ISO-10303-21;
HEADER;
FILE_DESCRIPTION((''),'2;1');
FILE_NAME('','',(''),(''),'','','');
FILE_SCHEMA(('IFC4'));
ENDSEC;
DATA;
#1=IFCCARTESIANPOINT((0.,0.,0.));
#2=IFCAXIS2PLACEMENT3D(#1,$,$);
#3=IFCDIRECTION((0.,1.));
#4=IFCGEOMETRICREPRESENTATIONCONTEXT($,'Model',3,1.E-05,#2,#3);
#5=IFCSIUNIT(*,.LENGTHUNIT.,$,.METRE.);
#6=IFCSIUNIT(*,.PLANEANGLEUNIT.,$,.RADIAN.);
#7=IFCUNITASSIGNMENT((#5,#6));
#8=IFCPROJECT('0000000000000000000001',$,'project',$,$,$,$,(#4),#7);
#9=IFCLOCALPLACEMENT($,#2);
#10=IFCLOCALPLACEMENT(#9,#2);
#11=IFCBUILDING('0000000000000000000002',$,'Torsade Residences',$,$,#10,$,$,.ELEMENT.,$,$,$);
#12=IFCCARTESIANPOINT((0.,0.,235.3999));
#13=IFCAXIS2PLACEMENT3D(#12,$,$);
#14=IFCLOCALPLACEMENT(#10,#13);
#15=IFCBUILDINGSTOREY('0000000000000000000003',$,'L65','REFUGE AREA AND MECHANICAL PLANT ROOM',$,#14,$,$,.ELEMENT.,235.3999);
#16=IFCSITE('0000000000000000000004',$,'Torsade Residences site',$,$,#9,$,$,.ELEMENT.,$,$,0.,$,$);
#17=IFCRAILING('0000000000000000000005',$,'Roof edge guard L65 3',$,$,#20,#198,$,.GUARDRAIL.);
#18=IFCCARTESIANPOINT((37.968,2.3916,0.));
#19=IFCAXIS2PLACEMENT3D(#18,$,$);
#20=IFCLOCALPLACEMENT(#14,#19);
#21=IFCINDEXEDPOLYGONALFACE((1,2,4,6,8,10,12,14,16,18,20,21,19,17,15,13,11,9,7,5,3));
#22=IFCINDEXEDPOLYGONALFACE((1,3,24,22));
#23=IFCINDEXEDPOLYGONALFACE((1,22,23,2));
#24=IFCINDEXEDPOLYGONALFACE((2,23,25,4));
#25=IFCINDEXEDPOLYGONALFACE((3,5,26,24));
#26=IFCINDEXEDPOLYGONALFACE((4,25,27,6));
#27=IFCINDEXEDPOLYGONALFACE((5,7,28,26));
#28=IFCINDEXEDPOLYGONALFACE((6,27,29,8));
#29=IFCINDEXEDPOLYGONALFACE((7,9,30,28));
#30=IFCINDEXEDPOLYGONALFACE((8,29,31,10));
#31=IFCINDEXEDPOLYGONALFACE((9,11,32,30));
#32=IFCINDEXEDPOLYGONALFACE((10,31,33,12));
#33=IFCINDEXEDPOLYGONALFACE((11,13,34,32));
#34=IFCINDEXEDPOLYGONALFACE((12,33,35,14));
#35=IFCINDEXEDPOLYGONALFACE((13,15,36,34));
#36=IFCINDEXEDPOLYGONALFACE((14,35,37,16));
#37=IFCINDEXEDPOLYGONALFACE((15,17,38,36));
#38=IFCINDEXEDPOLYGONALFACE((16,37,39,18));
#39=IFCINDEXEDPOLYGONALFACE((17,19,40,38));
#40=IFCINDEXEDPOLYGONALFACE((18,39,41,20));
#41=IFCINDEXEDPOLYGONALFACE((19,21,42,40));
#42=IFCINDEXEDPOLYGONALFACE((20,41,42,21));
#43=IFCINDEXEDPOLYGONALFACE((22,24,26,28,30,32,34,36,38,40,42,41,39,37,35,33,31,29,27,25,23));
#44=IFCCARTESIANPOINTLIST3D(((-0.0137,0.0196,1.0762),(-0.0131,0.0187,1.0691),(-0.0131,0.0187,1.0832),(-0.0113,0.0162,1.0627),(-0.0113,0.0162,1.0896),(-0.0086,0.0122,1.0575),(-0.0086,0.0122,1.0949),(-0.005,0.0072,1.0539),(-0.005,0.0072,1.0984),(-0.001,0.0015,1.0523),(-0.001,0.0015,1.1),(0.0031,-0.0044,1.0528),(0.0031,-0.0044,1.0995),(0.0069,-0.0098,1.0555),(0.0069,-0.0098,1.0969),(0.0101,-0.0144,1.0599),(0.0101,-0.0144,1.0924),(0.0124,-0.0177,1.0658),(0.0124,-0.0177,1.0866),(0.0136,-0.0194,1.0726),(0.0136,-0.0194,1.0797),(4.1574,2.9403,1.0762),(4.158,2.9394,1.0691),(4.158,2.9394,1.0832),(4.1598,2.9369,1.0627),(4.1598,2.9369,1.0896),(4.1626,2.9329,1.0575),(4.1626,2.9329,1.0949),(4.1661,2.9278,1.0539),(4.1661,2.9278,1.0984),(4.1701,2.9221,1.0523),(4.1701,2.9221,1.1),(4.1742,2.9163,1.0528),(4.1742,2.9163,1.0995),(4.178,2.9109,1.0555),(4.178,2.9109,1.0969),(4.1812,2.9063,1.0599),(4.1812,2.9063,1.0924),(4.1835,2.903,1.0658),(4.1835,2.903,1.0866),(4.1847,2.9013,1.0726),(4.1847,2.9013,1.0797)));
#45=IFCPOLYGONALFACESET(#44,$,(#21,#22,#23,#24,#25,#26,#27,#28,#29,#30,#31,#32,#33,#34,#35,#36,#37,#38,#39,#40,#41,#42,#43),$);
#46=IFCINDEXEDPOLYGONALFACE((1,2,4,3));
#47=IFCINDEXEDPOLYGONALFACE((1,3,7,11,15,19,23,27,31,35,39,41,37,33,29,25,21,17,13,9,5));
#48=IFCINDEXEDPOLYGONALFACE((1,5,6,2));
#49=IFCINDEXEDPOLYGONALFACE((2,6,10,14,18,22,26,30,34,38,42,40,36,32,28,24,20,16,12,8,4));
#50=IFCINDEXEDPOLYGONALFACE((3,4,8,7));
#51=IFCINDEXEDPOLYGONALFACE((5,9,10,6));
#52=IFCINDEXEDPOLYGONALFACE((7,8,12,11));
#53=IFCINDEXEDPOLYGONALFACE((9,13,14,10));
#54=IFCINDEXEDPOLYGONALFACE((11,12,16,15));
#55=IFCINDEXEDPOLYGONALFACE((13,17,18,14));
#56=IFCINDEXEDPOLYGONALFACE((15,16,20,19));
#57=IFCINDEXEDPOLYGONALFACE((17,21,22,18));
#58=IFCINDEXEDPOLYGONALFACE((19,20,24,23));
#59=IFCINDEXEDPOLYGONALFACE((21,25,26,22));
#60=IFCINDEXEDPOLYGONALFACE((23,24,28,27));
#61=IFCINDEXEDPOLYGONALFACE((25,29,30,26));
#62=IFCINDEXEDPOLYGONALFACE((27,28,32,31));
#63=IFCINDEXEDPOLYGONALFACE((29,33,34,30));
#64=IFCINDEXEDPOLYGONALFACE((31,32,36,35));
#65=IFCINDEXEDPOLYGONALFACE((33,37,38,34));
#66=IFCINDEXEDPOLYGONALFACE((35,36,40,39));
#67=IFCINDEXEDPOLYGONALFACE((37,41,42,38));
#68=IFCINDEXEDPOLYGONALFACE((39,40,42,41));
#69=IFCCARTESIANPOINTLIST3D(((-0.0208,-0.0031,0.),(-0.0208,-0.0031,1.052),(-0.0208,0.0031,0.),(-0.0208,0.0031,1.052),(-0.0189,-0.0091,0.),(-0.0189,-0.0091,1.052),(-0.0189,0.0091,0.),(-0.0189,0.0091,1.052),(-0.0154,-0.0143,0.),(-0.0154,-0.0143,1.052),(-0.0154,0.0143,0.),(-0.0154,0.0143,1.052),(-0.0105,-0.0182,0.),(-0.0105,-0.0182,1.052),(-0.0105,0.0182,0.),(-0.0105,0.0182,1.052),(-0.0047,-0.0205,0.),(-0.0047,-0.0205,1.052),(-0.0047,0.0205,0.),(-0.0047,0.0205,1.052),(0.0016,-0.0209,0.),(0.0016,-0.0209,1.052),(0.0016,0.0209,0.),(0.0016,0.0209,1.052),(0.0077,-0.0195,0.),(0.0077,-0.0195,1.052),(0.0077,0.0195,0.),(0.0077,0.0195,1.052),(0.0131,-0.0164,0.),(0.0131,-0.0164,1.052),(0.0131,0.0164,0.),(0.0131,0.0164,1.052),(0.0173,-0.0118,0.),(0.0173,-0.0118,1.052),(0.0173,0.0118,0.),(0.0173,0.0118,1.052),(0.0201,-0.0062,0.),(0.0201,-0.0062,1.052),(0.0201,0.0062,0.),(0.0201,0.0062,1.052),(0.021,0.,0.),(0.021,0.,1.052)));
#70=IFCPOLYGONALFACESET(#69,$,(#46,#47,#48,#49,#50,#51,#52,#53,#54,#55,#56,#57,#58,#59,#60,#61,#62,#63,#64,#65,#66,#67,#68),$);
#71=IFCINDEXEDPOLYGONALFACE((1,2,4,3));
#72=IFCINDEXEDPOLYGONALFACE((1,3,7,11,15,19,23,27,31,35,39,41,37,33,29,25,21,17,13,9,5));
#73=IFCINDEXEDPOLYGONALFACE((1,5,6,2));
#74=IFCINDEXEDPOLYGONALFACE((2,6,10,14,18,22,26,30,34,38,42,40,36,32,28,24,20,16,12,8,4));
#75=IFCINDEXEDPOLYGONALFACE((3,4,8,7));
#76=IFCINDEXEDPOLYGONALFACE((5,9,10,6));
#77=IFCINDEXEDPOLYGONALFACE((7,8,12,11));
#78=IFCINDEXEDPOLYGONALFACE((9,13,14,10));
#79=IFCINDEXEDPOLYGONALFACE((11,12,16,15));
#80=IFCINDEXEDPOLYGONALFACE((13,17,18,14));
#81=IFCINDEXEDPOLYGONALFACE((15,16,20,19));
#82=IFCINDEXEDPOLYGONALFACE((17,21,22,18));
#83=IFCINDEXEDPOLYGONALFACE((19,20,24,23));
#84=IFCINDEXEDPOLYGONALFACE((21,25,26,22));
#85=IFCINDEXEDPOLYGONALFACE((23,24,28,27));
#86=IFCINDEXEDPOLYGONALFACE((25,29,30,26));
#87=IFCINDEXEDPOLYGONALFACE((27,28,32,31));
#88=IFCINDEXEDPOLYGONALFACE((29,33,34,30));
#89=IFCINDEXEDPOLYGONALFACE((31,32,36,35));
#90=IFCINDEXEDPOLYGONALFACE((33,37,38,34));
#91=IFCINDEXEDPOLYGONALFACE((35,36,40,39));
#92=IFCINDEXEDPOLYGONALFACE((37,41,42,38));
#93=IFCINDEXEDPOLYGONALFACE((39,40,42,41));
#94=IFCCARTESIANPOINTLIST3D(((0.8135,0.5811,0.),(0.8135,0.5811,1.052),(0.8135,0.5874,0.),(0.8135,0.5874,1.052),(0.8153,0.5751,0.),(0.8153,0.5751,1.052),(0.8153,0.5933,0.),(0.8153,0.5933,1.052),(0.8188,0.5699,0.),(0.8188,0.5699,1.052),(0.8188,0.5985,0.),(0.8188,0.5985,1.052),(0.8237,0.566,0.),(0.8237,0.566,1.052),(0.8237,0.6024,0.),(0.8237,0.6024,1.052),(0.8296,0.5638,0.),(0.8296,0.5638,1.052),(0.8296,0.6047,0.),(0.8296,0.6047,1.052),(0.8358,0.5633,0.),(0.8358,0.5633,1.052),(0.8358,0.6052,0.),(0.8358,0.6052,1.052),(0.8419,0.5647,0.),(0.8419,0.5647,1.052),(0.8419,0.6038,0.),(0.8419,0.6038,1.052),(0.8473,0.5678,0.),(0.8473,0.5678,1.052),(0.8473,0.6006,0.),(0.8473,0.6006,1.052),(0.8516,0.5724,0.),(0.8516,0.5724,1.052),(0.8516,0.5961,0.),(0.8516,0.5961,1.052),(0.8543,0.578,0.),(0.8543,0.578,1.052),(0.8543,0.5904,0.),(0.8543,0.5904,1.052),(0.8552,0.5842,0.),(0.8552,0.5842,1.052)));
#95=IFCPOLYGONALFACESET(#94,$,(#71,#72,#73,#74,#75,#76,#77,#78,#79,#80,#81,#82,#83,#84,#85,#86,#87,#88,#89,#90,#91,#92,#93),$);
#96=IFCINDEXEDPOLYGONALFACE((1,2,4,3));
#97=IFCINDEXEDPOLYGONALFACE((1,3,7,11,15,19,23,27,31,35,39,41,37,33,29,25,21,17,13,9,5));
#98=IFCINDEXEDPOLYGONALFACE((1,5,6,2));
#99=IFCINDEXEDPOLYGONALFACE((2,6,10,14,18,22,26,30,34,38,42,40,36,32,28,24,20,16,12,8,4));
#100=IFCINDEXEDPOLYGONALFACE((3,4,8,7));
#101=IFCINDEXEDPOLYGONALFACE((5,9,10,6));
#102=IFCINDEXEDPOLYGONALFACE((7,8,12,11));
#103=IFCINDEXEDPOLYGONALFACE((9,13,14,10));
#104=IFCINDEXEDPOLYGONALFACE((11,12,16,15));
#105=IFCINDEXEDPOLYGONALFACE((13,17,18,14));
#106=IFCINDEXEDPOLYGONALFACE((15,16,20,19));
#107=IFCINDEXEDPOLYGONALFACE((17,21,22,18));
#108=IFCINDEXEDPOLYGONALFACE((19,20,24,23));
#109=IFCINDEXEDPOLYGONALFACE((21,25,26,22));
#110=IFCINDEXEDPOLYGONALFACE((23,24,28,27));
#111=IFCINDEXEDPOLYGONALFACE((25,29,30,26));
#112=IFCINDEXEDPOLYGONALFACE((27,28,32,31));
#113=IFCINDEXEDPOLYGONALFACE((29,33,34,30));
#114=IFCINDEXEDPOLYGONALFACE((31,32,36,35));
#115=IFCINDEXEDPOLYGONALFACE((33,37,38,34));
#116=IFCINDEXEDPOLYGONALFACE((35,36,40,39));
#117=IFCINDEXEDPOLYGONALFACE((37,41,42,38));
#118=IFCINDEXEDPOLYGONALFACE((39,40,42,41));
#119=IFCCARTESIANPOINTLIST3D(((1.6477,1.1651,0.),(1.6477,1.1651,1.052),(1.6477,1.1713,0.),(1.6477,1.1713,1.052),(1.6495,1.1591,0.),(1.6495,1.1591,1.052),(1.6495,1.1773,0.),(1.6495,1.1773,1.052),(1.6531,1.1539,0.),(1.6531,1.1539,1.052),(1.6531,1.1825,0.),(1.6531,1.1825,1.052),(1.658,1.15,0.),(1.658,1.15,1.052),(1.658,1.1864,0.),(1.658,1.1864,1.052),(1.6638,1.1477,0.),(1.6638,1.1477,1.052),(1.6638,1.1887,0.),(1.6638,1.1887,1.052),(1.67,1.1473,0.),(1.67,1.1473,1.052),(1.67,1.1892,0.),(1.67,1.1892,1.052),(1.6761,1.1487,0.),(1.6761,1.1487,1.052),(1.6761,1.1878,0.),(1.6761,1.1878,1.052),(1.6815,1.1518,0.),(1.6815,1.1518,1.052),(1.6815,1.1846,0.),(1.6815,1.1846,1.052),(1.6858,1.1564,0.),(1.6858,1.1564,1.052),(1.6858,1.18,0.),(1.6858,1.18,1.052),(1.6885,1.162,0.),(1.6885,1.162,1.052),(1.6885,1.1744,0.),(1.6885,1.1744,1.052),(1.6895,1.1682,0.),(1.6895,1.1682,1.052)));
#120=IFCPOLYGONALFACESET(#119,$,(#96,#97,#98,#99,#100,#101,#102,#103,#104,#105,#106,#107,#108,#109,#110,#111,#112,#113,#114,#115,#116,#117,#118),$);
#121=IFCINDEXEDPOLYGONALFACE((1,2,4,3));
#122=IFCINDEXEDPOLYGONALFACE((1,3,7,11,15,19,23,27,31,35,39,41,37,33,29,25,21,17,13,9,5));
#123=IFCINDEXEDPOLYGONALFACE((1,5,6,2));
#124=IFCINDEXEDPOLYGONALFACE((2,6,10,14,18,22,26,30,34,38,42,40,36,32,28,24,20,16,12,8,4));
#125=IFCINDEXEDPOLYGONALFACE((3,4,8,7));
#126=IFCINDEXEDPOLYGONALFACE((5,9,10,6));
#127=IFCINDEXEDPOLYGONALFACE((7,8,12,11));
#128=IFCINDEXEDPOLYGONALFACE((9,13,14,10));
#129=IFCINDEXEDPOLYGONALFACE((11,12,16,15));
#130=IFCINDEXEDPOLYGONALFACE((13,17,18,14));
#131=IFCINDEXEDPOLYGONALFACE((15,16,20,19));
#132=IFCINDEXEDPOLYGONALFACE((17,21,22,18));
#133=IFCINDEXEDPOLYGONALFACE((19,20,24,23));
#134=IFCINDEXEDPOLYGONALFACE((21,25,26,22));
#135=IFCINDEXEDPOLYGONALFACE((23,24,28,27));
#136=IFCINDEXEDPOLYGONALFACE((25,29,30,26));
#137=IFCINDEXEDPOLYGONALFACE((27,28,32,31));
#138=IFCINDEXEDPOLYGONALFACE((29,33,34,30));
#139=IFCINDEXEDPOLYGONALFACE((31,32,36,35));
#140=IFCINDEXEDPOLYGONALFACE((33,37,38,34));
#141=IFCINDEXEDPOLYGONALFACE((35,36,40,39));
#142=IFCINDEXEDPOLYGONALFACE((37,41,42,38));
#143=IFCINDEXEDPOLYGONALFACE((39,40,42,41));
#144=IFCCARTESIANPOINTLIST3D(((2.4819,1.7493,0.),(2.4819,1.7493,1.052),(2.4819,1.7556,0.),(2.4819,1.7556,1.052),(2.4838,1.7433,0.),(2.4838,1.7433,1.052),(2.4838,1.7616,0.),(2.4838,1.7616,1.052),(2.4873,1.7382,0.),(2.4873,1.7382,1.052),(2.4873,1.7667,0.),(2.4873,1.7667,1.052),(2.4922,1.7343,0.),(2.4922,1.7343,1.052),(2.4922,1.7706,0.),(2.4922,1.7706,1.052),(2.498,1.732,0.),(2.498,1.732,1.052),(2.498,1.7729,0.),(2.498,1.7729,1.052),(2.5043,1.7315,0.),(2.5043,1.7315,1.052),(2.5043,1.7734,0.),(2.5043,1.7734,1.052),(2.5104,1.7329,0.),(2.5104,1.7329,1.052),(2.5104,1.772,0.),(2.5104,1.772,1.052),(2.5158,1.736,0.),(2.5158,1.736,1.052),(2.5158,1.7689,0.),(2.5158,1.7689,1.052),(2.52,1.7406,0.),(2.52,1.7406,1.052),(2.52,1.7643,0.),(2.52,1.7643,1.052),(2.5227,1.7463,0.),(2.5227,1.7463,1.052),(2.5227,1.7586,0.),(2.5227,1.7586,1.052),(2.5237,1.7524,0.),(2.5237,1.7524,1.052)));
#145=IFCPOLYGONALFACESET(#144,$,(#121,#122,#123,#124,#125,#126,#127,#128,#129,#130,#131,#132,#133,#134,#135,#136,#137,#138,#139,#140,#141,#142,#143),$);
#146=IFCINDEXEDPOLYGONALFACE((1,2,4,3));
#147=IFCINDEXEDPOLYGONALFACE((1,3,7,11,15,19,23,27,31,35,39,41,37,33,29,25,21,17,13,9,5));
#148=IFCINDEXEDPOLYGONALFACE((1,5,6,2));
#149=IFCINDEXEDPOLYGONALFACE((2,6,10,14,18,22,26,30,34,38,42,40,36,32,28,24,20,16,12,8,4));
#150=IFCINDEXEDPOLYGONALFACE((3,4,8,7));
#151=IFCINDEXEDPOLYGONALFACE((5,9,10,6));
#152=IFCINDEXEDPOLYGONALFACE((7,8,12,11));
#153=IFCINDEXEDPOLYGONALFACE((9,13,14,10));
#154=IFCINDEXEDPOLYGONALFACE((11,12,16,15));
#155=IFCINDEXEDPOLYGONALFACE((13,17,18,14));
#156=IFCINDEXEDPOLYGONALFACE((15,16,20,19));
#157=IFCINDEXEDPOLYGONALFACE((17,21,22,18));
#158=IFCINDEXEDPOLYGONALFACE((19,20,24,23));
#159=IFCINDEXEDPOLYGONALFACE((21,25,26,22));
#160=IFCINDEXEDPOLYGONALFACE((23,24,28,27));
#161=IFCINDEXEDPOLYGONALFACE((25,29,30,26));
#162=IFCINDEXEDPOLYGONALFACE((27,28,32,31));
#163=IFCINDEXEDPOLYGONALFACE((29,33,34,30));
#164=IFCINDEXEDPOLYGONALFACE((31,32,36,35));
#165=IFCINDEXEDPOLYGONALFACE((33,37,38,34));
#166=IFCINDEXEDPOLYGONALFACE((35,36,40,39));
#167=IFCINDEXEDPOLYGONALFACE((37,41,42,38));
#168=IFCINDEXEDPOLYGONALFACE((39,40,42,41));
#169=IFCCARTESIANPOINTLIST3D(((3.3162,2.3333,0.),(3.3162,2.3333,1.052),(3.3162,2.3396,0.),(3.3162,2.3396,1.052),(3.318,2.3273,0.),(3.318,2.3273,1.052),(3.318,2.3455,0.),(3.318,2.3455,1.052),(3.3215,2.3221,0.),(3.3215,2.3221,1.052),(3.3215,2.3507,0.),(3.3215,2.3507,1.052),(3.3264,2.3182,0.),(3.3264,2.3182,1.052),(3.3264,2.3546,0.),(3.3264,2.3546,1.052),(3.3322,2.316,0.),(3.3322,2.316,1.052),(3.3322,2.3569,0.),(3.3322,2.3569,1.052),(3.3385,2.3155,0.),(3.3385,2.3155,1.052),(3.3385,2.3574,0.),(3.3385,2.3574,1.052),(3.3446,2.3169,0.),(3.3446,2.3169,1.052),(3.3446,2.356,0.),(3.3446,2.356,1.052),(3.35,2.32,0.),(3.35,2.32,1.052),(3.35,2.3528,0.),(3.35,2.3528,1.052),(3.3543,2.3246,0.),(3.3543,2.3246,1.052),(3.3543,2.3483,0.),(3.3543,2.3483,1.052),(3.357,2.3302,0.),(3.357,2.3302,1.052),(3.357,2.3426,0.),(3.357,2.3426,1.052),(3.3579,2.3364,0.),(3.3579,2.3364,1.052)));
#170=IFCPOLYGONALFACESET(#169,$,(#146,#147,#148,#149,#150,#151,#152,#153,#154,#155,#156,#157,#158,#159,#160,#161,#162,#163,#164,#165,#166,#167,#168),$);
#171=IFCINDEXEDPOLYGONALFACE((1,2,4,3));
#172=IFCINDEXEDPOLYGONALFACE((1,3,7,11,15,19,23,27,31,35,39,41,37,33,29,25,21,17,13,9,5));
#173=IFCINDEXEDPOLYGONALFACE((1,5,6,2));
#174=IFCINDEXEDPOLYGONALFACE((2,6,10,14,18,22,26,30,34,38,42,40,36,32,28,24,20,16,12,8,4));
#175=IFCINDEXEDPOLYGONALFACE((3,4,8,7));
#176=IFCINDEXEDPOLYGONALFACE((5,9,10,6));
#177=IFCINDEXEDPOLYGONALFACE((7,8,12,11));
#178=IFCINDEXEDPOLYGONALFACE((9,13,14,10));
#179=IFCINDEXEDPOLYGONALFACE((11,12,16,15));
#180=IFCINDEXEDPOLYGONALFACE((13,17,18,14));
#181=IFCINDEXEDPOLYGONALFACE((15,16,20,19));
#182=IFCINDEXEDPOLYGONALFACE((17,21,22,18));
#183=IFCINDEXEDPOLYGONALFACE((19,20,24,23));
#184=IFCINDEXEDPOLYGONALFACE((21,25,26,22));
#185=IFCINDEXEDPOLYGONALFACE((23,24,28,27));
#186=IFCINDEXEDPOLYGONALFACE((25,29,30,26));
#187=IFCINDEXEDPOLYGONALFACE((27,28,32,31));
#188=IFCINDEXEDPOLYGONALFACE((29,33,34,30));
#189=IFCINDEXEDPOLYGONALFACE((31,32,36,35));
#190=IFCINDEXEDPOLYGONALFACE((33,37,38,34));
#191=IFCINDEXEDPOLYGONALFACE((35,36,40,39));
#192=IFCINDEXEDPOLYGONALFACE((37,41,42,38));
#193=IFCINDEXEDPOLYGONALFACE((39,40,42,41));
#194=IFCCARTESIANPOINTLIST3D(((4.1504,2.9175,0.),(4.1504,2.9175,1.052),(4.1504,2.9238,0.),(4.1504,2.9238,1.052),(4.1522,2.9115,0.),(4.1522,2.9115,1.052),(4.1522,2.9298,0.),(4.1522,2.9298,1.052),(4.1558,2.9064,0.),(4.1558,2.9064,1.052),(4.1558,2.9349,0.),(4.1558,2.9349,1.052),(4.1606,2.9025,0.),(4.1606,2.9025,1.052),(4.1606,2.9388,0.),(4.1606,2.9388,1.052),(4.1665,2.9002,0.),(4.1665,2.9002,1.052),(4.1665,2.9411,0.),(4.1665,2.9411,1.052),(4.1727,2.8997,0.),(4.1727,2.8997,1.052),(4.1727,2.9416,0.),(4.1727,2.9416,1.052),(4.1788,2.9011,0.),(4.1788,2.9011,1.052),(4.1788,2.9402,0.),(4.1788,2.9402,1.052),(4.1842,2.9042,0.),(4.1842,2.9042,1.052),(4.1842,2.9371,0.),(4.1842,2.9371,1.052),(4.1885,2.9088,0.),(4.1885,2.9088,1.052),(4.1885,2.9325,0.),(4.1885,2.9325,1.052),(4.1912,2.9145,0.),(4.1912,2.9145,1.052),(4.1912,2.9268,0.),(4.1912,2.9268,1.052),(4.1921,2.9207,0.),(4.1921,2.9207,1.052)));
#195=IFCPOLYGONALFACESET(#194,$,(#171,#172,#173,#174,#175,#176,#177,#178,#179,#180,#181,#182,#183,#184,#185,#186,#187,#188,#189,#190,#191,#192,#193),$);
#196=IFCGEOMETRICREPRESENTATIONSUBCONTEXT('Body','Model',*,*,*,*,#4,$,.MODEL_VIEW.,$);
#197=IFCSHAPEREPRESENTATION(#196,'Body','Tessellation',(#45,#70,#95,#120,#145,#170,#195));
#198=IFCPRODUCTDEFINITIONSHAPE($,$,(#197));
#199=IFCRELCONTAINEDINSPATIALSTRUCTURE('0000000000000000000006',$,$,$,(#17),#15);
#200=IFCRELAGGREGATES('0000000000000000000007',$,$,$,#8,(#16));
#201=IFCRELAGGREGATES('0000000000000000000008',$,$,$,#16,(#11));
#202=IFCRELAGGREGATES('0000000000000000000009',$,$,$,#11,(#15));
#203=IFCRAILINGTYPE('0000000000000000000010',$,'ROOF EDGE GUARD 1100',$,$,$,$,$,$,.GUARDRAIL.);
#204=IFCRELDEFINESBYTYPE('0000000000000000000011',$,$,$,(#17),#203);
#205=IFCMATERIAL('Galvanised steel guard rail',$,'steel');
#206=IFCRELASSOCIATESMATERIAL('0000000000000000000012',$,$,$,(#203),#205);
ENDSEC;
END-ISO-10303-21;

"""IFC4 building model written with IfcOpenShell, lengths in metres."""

from ifc_helpers import new_model, si_unit, direction, frame, origin, origin_2d, place, context, subcontext, project, spatial, circle, extrude, material, type_object, element, save


model = new_model("IFC4")

# Units and contexts
model_context = context("Model", 3, precision=1e-05, world=origin(), true_north=direction((0.0, 1.0)))
body_context = subcontext(model_context, "Body", "Model", "MODEL_VIEW")
ifc_project = project(units=[si_unit("LENGTHUNIT", "METRE"), si_unit("PLANEANGLEUNIT", "RADIAN")], contexts=[model_context])

# Site, building, storey
site_placement = place(None, origin())
site = spatial("IfcSite", under=ifc_project, at=site_placement, Name="Torsade Residences site", CompositionType="ELEMENT", RefElevation=0.0)
building_placement = place(site_placement, origin())
building = spatial("IfcBuilding", under=site, at=building_placement, Name="Torsade Residences", CompositionType="ELEMENT")
storey_placement = place(building_placement, frame((0.0, 0.0, 235.3999)))
storey = spatial("IfcBuildingStorey", under=building, at=storey_placement, Name="L65", Description="REFUGE AREA AND MECHANICAL PLANT ROOM", CompositionType="ELEMENT", Elevation=235.3999)

# Railing
ifc_material_1 = material(Name="Galvanised steel guard rail", Category="steel")
railing_type = type_object("IfcRailingType", Name="ROOF EDGE GUARD 1100", PredefinedType="GUARDRAIL", material=ifc_material_1)
railing_1_placement = place(storey_placement, frame((37.968, 2.3916, 0.0)))
element("IfcRailing", 1, at=railing_1_placement, inside=storey, type_object=railing_type, Name="Roof edge guard L65 3", PredefinedType="GUARDRAIL", context=body_context, shape_type="SweptSolid", body=[
    extrude(circle(Radius=0.0239, at=origin_2d()), frame((0.0, 0.0, 1.0762), z_axis=(0.819153, 0.573575, 0.0), x_axis=(-0.573575, 0.819153, 0.0)), (0.0, 0.0, 1.0), 5.092),
    extrude(circle(Radius=0.021, at=origin_2d()), origin(), (0.0, 0.0, 1.0), 1.052),
    extrude(circle(Radius=0.021, at=origin_2d()), frame((0.8342, 0.5842, 0.0)), (0.0, 0.0, 1.0), 1.052),
    extrude(circle(Radius=0.021, at=origin_2d()), frame((1.6685, 1.1682, 0.0)), (0.0, 0.0, 1.0), 1.052),
    extrude(circle(Radius=0.021, at=origin_2d()), frame((2.5027, 1.7524, 0.0)), (0.0, 0.0, 1.0), 1.052),
    extrude(circle(Radius=0.021, at=origin_2d()), frame((3.3369, 2.3364, 0.0)), (0.0, 0.0, 1.0), 1.052),
    extrude(circle(Radius=0.021, at=origin_2d()), frame((4.1711, 2.9207, 0.0)), (0.0, 0.0, 1.0), 1.052),
])

save(model, "model.ifc")
